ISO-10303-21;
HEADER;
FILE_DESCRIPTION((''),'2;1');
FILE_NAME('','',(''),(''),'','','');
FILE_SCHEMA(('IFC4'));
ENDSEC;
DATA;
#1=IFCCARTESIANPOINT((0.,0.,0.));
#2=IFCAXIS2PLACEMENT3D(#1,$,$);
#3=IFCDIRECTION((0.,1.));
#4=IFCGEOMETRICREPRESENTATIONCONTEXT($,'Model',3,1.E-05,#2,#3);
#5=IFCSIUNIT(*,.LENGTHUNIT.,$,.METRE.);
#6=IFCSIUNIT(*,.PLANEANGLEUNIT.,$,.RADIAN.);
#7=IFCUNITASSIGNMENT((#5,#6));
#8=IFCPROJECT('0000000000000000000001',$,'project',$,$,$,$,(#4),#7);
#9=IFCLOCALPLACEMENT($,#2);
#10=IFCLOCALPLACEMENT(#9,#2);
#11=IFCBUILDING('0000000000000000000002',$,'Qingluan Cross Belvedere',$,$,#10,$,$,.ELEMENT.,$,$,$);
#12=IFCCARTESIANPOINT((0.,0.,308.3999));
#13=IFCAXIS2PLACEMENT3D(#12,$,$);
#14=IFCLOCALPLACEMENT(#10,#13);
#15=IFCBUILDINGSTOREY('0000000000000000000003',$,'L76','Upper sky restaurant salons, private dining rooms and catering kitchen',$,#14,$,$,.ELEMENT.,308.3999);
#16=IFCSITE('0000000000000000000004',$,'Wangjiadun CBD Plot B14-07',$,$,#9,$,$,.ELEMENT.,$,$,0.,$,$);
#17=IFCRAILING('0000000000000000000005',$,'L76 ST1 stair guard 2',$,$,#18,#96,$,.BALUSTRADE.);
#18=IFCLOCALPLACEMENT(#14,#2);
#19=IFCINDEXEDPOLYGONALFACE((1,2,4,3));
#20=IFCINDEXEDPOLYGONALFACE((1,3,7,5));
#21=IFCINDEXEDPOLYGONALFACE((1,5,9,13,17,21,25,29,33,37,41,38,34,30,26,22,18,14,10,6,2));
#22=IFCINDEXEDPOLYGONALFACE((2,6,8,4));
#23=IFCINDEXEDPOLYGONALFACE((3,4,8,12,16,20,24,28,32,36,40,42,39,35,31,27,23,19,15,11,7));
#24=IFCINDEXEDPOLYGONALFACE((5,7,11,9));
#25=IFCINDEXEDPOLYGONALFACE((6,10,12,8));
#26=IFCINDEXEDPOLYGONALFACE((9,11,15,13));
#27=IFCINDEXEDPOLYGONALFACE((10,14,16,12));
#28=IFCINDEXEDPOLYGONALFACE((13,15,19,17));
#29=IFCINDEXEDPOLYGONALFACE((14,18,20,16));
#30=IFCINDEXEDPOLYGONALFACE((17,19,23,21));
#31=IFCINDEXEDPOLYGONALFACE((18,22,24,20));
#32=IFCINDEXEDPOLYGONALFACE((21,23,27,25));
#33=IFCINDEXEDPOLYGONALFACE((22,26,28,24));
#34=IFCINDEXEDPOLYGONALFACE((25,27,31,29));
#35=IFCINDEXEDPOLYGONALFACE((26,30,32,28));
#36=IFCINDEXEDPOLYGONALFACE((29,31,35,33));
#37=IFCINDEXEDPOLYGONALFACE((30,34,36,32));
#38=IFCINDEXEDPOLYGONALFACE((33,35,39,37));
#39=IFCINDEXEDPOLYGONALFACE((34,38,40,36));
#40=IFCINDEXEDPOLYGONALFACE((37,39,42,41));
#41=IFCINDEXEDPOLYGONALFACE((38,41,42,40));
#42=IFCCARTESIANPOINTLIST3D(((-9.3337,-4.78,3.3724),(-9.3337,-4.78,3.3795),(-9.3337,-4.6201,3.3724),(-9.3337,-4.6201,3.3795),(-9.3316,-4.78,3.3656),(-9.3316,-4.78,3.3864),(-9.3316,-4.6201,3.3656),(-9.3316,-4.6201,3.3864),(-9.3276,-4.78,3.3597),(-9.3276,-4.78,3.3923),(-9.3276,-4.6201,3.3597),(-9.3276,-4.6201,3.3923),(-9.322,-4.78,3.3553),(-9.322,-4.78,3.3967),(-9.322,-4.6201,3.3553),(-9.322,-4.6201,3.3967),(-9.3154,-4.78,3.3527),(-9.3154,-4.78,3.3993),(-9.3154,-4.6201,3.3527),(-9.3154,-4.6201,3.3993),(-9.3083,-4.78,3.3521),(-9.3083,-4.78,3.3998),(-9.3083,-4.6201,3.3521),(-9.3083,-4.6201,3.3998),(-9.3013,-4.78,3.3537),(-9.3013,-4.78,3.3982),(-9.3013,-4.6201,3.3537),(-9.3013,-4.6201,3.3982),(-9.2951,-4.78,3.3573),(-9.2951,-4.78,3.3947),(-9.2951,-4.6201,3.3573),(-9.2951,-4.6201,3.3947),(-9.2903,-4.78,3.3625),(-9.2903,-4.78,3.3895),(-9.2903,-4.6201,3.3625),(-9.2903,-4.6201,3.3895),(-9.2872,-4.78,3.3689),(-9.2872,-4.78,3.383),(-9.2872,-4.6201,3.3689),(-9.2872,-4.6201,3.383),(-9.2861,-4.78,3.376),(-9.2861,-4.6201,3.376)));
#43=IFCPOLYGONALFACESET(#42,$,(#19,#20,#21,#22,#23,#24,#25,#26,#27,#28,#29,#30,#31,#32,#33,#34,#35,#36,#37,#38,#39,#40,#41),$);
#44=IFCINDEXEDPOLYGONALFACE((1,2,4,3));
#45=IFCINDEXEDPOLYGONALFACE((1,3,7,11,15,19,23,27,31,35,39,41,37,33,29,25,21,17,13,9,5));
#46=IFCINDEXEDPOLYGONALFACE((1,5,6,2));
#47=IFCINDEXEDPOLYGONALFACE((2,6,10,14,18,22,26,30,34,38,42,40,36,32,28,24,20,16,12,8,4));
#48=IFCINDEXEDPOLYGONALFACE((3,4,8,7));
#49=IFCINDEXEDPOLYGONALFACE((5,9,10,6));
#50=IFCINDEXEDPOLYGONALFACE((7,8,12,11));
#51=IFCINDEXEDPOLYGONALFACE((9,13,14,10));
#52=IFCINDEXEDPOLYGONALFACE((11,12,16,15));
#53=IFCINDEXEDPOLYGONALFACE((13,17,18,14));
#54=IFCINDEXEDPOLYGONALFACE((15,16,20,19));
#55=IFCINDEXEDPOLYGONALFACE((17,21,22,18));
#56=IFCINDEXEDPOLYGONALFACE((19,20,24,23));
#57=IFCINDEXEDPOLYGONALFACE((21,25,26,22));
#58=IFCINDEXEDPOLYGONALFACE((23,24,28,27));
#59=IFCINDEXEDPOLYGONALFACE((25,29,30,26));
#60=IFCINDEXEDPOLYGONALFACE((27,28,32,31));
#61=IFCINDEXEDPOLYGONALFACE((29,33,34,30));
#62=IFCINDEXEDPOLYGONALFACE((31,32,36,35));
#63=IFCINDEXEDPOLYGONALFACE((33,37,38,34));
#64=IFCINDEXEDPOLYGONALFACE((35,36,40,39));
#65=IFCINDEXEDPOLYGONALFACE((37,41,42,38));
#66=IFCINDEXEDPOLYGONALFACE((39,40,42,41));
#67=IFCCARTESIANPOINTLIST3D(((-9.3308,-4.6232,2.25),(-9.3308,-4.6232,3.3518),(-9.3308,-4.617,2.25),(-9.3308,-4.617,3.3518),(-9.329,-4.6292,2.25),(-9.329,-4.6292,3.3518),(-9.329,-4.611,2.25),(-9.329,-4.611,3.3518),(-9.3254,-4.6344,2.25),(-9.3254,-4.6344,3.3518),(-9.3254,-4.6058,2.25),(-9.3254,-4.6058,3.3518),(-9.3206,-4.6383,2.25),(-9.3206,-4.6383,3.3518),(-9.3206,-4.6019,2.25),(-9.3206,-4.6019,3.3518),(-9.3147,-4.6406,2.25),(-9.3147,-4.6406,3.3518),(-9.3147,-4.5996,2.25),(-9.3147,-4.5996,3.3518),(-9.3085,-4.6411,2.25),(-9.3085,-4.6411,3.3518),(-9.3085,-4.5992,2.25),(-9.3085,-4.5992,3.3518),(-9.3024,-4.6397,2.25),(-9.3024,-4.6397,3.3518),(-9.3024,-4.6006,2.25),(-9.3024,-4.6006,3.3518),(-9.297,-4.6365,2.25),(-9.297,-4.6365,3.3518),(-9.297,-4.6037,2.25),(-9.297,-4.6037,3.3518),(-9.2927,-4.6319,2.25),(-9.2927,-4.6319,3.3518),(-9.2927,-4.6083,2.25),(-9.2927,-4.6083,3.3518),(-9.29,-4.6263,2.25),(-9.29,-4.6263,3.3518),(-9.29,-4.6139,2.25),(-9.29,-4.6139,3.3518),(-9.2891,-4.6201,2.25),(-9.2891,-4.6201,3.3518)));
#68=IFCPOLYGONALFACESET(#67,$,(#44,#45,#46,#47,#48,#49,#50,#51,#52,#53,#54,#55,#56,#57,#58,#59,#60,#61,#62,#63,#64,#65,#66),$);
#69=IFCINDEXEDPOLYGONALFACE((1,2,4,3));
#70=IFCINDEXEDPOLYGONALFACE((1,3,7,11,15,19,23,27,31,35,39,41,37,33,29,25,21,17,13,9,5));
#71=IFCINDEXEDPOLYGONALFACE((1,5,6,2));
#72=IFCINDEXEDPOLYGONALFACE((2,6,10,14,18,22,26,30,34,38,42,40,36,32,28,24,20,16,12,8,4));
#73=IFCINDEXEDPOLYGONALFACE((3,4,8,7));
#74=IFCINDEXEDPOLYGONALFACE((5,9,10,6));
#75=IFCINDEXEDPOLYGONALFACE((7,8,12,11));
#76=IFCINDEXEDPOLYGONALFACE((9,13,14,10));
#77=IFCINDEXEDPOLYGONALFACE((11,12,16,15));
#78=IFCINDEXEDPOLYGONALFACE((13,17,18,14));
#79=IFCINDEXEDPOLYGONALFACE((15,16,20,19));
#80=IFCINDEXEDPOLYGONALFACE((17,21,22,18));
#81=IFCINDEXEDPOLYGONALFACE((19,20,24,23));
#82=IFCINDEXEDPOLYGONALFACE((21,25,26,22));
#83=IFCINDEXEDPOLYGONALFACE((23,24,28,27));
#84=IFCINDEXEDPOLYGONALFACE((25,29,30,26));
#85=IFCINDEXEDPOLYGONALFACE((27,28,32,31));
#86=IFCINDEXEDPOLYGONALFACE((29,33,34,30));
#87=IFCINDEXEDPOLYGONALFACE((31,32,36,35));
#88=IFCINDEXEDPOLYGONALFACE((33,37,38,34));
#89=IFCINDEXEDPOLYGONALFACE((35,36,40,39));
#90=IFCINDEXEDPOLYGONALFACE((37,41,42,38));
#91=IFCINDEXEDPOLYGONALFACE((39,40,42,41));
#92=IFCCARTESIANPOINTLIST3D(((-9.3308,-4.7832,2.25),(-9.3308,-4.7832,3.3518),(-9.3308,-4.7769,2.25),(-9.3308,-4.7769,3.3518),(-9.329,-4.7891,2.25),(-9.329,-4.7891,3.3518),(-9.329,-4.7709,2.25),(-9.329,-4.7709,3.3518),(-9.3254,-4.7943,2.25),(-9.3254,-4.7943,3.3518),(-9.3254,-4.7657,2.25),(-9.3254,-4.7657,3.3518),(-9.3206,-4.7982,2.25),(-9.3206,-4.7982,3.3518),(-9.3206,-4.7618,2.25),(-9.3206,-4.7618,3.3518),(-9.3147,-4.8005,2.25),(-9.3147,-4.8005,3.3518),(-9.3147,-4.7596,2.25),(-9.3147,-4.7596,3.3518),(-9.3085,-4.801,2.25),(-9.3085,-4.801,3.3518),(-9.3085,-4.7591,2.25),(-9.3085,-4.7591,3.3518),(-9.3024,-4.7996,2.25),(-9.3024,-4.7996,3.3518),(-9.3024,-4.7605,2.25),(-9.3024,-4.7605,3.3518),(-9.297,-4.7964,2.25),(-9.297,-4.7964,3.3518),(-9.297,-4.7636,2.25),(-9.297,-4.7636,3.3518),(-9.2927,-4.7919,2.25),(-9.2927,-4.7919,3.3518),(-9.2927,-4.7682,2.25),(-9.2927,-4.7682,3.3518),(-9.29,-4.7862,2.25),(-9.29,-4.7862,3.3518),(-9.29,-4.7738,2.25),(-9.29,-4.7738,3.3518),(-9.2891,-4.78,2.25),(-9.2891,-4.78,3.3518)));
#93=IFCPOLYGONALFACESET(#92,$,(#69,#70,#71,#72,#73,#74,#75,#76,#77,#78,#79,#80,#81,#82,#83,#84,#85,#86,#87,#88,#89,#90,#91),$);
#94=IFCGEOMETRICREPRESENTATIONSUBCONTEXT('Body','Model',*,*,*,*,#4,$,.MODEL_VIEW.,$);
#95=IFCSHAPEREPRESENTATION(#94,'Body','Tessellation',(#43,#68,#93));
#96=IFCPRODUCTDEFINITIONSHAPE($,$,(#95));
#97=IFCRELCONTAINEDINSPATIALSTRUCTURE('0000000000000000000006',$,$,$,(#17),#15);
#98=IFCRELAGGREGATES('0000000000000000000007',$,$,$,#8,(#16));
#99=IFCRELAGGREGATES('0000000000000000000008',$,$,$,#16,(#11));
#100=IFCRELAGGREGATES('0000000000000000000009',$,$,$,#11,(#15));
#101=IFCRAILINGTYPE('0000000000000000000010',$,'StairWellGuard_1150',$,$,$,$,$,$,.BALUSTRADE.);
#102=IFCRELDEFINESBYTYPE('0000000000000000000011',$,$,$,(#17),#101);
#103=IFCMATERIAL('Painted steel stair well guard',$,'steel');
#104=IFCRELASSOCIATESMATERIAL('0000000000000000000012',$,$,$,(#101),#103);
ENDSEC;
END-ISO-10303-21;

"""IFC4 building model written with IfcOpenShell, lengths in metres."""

from ifc_helpers import new_model, si_unit, direction, frame, origin, origin_2d, place, context, subcontext, project, spatial, circle, extrude, material, type_object, element, save


model = new_model("IFC4")

# Units and contexts
model_context = context("Model", 3, precision=1e-05, world=origin(), true_north=direction((0.0, 1.0)))
body_context = subcontext(model_context, "Body", "Model", "MODEL_VIEW")
ifc_project = project(units=[si_unit("LENGTHUNIT", "METRE"), si_unit("PLANEANGLEUNIT", "RADIAN")], contexts=[model_context])

# Site, building, storey
site_placement = place(None, origin())
site = spatial("IfcSite", under=ifc_project, at=site_placement, Name="Wangjiadun CBD Plot B14-07", CompositionType="ELEMENT", RefElevation=0.0)
building_placement = place(site_placement, origin())
building = spatial("IfcBuilding", under=site, at=building_placement, Name="Qingluan Cross Belvedere", CompositionType="ELEMENT")
storey_placement = place(building_placement, frame((0.0, 0.0, 308.3999)))
storey = spatial("IfcBuildingStorey", under=building, at=storey_placement, Name="L76", Description="Upper sky restaurant salons, private dining rooms and catering kitchen", CompositionType="ELEMENT", Elevation=308.3999)

# Railing
ifc_material_1 = material(Name="Painted steel stair well guard", Category="steel")
railing_type_1 = type_object("IfcRailingType", Name="StairWellGuard_1150", PredefinedType="BALUSTRADE", material=ifc_material_1)
railing_1_placement = place(storey_placement, frame((-9.3101, -4.6201, 2.25)))
element("IfcRailing", 1, at=railing_1_placement, inside=storey, type_object=railing_type_1, Name="L76 ST1 stair guard 2", PredefinedType="BALUSTRADE", context=body_context, shape_type="SweptSolid", body=[
    extrude(circle(Radius=0.0239, at=origin_2d()), frame((0.0, 0.0, 1.126), z_axis=(0.0, -1.0, 0.0), x_axis=(1.0, 0.0, 0.0)), (0.0, 0.0, 1.0), 0.1599),
    extrude(circle(Radius=0.021, at=origin_2d()), origin(), (0.0, 0.0, 1.0), 1.1018),
    extrude(circle(Radius=0.021, at=origin_2d()), frame((0.0, -0.1599, 0.0)), (0.0, 0.0, 1.0), 1.1018),
])

save(model, "model.ifc")
